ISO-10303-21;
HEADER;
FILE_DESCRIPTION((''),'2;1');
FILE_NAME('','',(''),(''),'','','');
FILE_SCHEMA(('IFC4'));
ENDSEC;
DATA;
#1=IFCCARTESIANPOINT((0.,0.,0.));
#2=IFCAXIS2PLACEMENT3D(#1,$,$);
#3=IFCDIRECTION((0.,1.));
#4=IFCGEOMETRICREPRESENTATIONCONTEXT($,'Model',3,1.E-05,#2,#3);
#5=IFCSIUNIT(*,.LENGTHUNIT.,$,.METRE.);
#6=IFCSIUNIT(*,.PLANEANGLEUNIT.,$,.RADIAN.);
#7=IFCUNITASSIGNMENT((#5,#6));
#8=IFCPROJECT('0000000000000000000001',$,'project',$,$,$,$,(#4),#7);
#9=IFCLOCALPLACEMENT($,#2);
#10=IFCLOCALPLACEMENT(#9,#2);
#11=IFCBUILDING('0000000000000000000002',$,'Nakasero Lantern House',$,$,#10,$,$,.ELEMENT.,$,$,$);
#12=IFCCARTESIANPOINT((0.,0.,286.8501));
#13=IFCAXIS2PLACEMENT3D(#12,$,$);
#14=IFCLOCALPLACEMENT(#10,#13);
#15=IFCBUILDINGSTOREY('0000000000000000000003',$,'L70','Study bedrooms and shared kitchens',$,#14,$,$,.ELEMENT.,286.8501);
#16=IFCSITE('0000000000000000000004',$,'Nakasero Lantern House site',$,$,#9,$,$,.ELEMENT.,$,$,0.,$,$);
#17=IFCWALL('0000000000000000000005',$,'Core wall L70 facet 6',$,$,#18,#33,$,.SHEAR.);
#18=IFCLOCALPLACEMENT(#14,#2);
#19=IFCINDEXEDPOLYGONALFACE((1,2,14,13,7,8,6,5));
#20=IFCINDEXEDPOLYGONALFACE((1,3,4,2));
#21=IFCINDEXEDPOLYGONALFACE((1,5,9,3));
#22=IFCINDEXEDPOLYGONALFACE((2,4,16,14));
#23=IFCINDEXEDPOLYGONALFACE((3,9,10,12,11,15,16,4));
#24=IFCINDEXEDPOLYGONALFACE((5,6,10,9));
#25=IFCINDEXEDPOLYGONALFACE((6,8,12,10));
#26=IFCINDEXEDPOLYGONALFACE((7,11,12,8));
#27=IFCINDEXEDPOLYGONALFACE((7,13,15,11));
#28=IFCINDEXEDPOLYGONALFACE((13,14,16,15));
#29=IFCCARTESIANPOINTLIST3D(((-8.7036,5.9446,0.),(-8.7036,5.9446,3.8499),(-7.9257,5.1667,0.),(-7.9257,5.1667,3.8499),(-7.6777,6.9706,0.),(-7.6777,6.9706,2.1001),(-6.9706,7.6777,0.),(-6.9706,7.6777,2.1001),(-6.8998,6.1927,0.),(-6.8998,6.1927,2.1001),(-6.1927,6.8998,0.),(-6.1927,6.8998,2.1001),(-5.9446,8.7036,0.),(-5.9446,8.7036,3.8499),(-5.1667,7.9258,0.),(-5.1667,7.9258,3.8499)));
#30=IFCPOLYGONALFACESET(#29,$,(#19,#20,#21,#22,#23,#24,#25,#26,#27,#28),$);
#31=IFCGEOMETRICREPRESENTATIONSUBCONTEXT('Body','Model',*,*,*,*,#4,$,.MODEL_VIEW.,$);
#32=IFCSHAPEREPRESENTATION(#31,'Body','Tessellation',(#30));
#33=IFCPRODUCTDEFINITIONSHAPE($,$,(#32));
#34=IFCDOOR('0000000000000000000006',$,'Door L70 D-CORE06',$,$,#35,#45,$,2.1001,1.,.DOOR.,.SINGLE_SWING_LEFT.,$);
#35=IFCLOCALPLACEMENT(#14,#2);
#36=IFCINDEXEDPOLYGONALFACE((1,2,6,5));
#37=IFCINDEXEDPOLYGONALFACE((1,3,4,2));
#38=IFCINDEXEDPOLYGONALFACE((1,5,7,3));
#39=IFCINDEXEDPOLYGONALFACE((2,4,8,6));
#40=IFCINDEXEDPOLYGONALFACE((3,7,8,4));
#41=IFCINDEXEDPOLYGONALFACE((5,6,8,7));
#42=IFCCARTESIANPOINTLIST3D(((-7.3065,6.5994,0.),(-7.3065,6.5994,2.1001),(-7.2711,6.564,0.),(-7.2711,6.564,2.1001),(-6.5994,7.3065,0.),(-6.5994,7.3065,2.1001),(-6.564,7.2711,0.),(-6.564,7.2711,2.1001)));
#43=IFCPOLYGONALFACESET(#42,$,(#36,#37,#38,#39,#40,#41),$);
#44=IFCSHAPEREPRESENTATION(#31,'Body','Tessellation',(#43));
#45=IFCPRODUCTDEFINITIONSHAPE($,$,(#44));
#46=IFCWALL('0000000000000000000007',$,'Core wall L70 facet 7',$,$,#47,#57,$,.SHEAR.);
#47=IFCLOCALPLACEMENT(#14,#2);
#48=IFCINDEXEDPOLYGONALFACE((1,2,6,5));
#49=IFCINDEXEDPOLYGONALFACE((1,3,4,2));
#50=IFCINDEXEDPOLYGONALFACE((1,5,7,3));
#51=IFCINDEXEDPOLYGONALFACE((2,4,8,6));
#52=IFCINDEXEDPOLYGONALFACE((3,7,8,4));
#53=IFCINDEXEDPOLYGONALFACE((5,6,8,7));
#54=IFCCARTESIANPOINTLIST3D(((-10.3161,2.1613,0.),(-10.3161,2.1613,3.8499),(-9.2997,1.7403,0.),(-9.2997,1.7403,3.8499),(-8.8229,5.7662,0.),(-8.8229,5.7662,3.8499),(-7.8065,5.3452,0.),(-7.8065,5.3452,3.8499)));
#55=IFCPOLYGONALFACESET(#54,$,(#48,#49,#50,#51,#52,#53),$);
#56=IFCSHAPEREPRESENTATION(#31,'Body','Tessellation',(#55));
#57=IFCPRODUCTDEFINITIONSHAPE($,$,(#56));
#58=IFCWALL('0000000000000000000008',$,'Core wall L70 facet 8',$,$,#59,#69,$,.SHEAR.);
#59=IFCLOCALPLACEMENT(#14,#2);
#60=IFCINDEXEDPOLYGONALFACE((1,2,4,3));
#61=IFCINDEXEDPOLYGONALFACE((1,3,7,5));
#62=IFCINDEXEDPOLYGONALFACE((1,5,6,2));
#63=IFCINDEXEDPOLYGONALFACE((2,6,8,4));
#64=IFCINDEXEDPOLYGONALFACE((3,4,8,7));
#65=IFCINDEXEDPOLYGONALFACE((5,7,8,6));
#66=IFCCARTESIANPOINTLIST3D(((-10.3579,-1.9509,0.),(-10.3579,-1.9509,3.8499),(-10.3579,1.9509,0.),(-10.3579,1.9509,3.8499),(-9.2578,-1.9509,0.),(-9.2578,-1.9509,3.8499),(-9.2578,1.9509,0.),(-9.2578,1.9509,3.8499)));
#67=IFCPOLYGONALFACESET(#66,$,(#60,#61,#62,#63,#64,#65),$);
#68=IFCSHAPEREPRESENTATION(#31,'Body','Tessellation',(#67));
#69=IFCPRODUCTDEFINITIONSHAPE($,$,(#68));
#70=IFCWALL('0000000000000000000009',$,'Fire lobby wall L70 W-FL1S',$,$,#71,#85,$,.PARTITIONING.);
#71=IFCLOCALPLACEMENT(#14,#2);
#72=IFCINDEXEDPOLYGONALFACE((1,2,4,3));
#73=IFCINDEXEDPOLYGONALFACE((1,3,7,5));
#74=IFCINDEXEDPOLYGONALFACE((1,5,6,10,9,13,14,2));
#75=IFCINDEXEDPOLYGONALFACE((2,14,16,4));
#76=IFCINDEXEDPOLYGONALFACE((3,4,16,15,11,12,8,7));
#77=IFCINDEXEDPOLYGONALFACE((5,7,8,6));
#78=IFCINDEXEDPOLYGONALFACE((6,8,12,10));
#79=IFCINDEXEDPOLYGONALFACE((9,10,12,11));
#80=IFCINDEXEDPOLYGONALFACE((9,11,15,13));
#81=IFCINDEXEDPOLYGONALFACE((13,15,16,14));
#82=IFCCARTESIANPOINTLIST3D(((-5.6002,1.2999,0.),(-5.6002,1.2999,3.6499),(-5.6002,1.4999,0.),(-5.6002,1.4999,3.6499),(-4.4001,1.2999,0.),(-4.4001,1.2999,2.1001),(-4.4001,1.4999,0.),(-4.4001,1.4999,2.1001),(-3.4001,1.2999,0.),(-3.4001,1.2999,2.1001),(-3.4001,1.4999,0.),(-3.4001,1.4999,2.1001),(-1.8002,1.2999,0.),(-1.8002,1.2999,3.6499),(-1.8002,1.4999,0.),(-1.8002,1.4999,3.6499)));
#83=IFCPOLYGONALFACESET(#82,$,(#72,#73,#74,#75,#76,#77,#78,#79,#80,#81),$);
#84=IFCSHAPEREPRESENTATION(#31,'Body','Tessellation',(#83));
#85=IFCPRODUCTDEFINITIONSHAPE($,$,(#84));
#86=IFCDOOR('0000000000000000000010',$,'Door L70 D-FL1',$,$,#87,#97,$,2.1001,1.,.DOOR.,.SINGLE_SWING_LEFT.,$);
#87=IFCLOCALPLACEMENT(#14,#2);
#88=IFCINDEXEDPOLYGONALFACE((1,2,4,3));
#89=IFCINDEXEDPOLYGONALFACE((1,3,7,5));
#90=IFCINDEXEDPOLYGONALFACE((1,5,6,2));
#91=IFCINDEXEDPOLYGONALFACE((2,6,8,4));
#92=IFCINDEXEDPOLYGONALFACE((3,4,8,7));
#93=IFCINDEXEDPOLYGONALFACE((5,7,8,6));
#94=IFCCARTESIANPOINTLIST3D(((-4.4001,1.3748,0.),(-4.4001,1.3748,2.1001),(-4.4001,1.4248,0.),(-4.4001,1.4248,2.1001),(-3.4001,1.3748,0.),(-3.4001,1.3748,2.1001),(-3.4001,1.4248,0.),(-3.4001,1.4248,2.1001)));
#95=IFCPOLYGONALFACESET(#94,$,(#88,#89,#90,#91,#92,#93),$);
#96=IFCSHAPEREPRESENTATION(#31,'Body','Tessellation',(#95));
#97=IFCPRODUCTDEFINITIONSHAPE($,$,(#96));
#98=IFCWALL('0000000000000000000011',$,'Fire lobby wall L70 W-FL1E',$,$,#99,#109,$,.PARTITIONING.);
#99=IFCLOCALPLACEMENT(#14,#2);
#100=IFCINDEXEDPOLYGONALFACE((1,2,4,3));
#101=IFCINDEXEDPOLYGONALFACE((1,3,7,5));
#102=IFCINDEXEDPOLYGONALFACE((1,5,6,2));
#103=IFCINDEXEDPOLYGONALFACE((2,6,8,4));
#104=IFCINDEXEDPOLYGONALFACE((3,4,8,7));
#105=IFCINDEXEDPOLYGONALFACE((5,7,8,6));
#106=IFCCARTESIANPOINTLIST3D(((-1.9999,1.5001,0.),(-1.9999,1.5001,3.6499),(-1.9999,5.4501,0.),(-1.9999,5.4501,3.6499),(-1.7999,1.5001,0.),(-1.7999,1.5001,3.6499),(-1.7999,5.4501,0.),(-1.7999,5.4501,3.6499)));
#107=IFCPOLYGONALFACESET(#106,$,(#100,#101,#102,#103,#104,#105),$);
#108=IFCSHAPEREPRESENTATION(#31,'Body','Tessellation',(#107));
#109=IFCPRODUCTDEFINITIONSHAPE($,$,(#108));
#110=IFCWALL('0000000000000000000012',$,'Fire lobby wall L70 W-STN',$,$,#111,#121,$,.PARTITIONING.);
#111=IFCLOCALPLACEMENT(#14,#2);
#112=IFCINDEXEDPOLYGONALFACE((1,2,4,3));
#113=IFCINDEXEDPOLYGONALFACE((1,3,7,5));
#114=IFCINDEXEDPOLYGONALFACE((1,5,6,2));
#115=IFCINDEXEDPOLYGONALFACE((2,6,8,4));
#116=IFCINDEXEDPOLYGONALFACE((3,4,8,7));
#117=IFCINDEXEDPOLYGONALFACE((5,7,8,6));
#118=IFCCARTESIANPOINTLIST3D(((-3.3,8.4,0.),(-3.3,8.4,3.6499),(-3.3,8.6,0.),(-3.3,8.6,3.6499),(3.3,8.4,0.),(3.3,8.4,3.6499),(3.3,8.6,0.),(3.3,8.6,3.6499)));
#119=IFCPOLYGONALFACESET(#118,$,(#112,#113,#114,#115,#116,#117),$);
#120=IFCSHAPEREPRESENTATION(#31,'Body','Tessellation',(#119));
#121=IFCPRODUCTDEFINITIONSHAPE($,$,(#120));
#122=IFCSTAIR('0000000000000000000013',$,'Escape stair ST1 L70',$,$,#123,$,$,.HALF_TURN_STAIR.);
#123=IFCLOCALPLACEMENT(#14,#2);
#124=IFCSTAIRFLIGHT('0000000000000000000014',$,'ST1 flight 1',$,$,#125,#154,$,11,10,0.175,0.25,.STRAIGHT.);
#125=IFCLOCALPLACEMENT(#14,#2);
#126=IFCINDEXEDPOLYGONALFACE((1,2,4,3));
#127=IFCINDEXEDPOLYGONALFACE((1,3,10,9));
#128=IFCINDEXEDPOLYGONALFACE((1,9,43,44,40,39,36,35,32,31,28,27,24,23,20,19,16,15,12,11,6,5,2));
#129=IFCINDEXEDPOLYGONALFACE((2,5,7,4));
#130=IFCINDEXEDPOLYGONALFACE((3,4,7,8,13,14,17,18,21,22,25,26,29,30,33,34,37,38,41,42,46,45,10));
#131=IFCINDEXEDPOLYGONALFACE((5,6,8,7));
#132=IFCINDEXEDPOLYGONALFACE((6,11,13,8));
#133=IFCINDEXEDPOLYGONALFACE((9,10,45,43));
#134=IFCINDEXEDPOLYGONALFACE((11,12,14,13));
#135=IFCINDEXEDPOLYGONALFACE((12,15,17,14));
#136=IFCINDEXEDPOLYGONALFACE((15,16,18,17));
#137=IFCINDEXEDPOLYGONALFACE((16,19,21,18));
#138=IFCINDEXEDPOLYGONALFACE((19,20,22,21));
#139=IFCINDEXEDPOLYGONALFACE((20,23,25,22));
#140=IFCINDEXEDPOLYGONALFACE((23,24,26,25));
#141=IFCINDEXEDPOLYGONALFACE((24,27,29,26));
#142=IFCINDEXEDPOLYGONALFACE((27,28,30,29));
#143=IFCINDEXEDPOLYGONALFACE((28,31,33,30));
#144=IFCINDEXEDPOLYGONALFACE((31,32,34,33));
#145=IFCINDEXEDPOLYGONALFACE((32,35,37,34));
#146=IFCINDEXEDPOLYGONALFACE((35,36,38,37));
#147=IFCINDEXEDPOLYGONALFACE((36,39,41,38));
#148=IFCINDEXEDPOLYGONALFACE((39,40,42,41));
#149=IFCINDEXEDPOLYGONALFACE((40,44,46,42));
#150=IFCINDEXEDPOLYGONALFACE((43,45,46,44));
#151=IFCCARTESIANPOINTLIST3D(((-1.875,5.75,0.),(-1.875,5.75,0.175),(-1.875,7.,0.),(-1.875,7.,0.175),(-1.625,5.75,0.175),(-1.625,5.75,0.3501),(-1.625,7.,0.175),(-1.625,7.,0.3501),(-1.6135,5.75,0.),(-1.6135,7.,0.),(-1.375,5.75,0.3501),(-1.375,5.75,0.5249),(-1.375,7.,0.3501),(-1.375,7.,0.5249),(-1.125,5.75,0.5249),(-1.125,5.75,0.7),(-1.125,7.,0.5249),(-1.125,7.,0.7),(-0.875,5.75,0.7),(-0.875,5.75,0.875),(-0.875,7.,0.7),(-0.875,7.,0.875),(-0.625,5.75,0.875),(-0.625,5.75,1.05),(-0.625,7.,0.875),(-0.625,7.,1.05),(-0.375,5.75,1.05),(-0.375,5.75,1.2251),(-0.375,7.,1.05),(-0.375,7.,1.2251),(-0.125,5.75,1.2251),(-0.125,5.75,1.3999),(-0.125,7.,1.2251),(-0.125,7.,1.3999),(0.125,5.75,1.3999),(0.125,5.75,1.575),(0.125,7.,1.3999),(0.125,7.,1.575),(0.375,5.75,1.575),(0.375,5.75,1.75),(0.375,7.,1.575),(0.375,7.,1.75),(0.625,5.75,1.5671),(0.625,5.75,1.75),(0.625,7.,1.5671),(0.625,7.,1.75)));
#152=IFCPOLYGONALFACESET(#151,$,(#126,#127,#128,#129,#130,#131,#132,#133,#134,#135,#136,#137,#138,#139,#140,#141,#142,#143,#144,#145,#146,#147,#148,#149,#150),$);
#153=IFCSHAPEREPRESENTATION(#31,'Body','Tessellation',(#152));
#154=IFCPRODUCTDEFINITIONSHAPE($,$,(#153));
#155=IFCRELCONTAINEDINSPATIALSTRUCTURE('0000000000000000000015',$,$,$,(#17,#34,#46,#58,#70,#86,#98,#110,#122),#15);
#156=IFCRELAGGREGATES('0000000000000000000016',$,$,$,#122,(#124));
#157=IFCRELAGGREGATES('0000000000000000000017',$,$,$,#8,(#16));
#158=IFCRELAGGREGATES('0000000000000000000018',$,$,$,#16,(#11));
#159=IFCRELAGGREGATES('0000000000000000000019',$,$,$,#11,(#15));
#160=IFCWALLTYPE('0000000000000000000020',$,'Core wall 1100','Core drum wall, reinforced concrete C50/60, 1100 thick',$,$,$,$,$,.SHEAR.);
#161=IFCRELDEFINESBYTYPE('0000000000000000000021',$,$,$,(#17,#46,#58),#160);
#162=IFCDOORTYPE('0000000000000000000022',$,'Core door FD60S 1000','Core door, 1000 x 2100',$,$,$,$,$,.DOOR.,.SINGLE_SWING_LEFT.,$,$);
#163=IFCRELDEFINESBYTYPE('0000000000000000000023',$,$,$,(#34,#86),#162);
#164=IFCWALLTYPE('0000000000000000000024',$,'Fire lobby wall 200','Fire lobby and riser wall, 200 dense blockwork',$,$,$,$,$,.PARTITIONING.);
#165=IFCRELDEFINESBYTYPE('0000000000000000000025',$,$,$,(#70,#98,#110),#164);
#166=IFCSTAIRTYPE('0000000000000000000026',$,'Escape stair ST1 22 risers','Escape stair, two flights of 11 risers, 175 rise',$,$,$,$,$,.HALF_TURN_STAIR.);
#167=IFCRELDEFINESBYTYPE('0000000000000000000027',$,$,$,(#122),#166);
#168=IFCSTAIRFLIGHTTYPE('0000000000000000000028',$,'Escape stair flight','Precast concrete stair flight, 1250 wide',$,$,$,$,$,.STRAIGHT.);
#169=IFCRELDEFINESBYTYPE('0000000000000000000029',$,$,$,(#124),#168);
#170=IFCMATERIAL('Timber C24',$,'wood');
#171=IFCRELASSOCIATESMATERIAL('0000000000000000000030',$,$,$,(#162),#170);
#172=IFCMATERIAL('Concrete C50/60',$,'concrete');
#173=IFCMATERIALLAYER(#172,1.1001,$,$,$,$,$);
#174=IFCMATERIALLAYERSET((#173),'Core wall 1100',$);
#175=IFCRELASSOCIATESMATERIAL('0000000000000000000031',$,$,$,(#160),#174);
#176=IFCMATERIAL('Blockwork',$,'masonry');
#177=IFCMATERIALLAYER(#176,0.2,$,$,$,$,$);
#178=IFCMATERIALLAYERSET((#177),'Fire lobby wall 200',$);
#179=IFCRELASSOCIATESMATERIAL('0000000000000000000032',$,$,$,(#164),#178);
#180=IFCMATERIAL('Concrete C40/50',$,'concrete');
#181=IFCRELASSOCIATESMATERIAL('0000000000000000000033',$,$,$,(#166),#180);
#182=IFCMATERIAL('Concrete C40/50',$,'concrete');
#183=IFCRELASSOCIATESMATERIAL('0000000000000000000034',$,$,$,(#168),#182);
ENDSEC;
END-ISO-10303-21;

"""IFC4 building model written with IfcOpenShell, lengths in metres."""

from ifc_helpers import new_model, si_unit, direction, frame, frame_2d, origin, place, context, subcontext, project, spatial, polyline, rectangle, outline, extrude, material, layer, layer_set, type_object, element, fill, aggregate, save


model = new_model("IFC4")

# Units and contexts
model_context = context("Model", 3, precision=1e-05, world=origin(), true_north=direction((0.0, 1.0)))
body_context = subcontext(model_context, "Body", "Model", "MODEL_VIEW")
ifc_project = project(units=[si_unit("LENGTHUNIT", "METRE"), si_unit("PLANEANGLEUNIT", "RADIAN")], contexts=[model_context])

# Site, building, storey
site_placement = place(None, origin())
site = spatial("IfcSite", under=ifc_project, at=site_placement, Name="Nakasero Lantern House site", CompositionType="ELEMENT", RefElevation=0.0)
building_placement = place(site_placement, origin())
building = spatial("IfcBuilding", under=site, at=building_placement, Name="Nakasero Lantern House", CompositionType="ELEMENT")
storey_placement = place(building_placement, frame((0.0, 0.0, 286.8501)))
storey = spatial("IfcBuildingStorey", under=building, at=storey_placement, Name="L70", Description="Study bedrooms and shared kitchens", CompositionType="ELEMENT", Elevation=286.8501)

# Shared definitions
ifc_material_1 = material(Name="Timber C24", Category="wood")
door_type = type_object("IfcDoorType", Name="Core door FD60S 1000", Description="Core door, 1000 x 2100", OperationType="SINGLE_SWING_LEFT", PredefinedType="DOOR", material=ifc_material_1)

# Shared definitions
ifc_material_2 = material(Name="Concrete C50/60", Category="concrete")
ifc_layer_1 = layer(ifc_material_2, 1.1001)
ifc_layer_set_1 = layer_set([ifc_layer_1], Name="Core wall 1100")
wall_type_1 = type_object("IfcWallType", Name="Core wall 1100", Description="Core drum wall, reinforced concrete C50/60, 1100 thick", PredefinedType="SHEAR", material=ifc_layer_set_1)

# Wall, opening, door
wall_1_placement = place(storey_placement, frame((-5.5557, 8.3147, 0.0), z_axis=(0.0, 0.0, 1.0), x_axis=(-0.707107, -0.707107, 0.0)))
wall_1 = element("IfcWall", 1, at=wall_1_placement, inside=storey, type_object=wall_type_1, Name="Core wall L70 facet 6", PredefinedType="SHEAR", context=body_context, shape_type="SweptSolid", body=[
    extrude(rectangle(XDim=3.9019, YDim=1.1001, at=frame_2d((1.9509, 0.0))), origin(), (0.0, 0.0, 1.0), 3.8499),
])
opening_1_placement = place(wall_1_placement, frame((1.4509, 0.0, 0.0)))
opening_1 = element("IfcOpeningElement", 2, at=opening_1_placement, cuts=wall_1, PredefinedType="OPENING", context=body_context, shape_type="SweptSolid", body=[
    extrude(rectangle(XDim=1.0, YDim=2.1001, at=frame_2d((0.5, 1.05))), frame((0.0, 0.5701, 0.0), z_axis=(0.0, -1.0, 0.0), x_axis=(1.0, 0.0, 0.0)), (0.0, 0.0, 1.0), 1.1401),
])
door_1_placement = place(opening_1_placement, origin())
door_1 = element("IfcDoor", 3, at=door_1_placement, inside=storey, type_object=door_type, Name="Door L70 D-CORE06", OperationType="SINGLE_SWING_LEFT", OverallHeight=2.1001, OverallWidth=1.0, PredefinedType="DOOR", context=body_context, shape_type="SweptSolid", body=[
    extrude(rectangle(XDim=1.0, YDim=2.1001, at=frame_2d((0.5, 1.05))), frame((0.0, 0.0249, 0.0), z_axis=(0.0, -1.0, 0.0), x_axis=(1.0, 0.0, 0.0)), (0.0, 0.0, 1.0), 0.05),
])
fill(opening_1, door_1)

# Walls
for number, where, z_axis, x_axis, name in (
    (4, (-8.3147, 5.5557, 0.0), (0.0, 0.0, 1.0), (-0.382691, -0.923877, 0.0), "Core wall L70 facet 7"),
    (5, (-9.8079, 1.9509, 0.0), (0.0, 0.0, 1.0), (0.0, -1.0, 0.0), "Core wall L70 facet 8"),
):
    element("IfcWall", number, at=place(storey_placement, frame(where, z_axis=z_axis, x_axis=x_axis)), inside=storey, type_object=wall_type_1, Name=name, PredefinedType="SHEAR", context=body_context, shape_type="SweptSolid", body=[
        extrude(rectangle(XDim=3.9019, YDim=1.1001, at=frame_2d((1.9509, 0.0))), origin(), (0.0, 0.0, 1.0), 3.8499),
    ])

# Wall, opening, door
ifc_material_3 = material(Name="Blockwork", Category="masonry")
ifc_layer_2 = layer(ifc_material_3, 0.2)
ifc_layer_set_2 = layer_set([ifc_layer_2], Name="Fire lobby wall 200")
wall_type_2 = type_object("IfcWallType", Name="Fire lobby wall 200", Description="Fire lobby and riser wall, 200 dense blockwork", PredefinedType="PARTITIONING", material=ifc_layer_set_2)
wall_2_placement = place(storey_placement, frame((-5.6001, 1.3999, 0.0), z_axis=(0.0, 0.0, 1.0), x_axis=(1.0, 0.0, 0.0)))
wall_2 = element("IfcWall", 6, at=wall_2_placement, inside=storey, type_object=wall_type_2, Name="Fire lobby wall L70 W-FL1S", PredefinedType="PARTITIONING", context=body_context, shape_type="SweptSolid", body=[
    extrude(rectangle(XDim=3.8, YDim=0.2, at=frame_2d((1.8999, 0.0))), origin(), (0.0, 0.0, 1.0), 3.6499),
])
opening_2_placement = place(wall_2_placement, frame((1.2, 0.0, 0.0)))
opening_2 = element("IfcOpeningElement", 7, at=opening_2_placement, cuts=wall_2, PredefinedType="OPENING", context=body_context, shape_type="SweptSolid", body=[
    extrude(rectangle(XDim=1.0, YDim=2.1001, at=frame_2d((0.5, 1.05))), frame((0.0, 0.1199, 0.0), z_axis=(0.0, -1.0, 0.0), x_axis=(1.0, 0.0, 0.0)), (0.0, 0.0, 1.0), 0.24),
])
door_2_placement = place(opening_2_placement, origin())
door_2 = element("IfcDoor", 8, at=door_2_placement, inside=storey, type_object=door_type, Name="Door L70 D-FL1", OperationType="SINGLE_SWING_LEFT", OverallHeight=2.1001, OverallWidth=1.0, PredefinedType="DOOR", context=body_context, shape_type="SweptSolid", body=[
    extrude(rectangle(XDim=1.0, YDim=2.1001, at=frame_2d((0.5, 1.05))), frame((0.0, 0.0249, 0.0), z_axis=(0.0, -1.0, 0.0), x_axis=(1.0, 0.0, 0.0)), (0.0, 0.0, 1.0), 0.05),
])
fill(opening_2, door_2)

# Walls
wall_3_placement = place(storey_placement, frame((-1.8999, 1.5, 0.0), z_axis=(0.0, 0.0, 1.0), x_axis=(0.0, 1.0, 0.0)))
element("IfcWall", 9, at=wall_3_placement, inside=storey, type_object=wall_type_2, Name="Fire lobby wall L70 W-FL1E", PredefinedType="PARTITIONING", context=body_context, shape_type="SweptSolid", body=[
    extrude(rectangle(XDim=3.95, YDim=0.2, at=frame_2d((1.9751, 0.0))), origin(), (0.0, 0.0, 1.0), 3.6499),
])
wall_4_placement = place(storey_placement, frame((-3.3, 8.5, 0.0), z_axis=(0.0, 0.0, 1.0), x_axis=(1.0, 0.0, 0.0)))
element("IfcWall", 10, at=wall_4_placement, inside=storey, type_object=wall_type_2, Name="Fire lobby wall L70 W-STN", PredefinedType="PARTITIONING", context=body_context, shape_type="SweptSolid", body=[
    extrude(rectangle(XDim=6.6001, YDim=0.2, at=frame_2d((3.3, 0.0))), origin(), (0.0, 0.0, 1.0), 3.6499),
])

# Stair, stair flight
ifc_material_4 = material(Name="Concrete C40/50", Category="concrete")
stair_type = type_object("IfcStairType", Name="Escape stair ST1 22 risers", Description="Escape stair, two flights of 11 risers, 175 rise", PredefinedType="HALF_TURN_STAIR", material=ifc_material_4)
stair_placement = place(storey_placement, origin())
stair = element("IfcStair", 11, at=stair_placement, inside=storey, type_object=stair_type, Name="Escape stair ST1 L70", PredefinedType="HALF_TURN_STAIR")
ifc_material_5 = material(Name="Concrete C40/50", Category="concrete")
stair_flight_type = type_object("IfcStairFlightType", Name="Escape stair flight", Description="Precast concrete stair flight, 1250 wide", PredefinedType="STRAIGHT", material=ifc_material_5)
stair_flight_placement = place(storey_placement, frame((-1.875, 6.375, 0.0), z_axis=(0.0, 0.0, 1.0), x_axis=(1.0, 0.0, 0.0)))
stair_flight = element("IfcStairFlight", 12, at=stair_flight_placement, type_object=stair_flight_type, Name="ST1 flight 1", NumberOfRisers=11, NumberOfTreads=10, PredefinedType="STRAIGHT", RiserHeight=0.175, TreadLength=0.25, context=body_context, shape_type="SweptSolid", body=[
    extrude(outline(polyline([(0.0, 0.0), (0.0, 0.175), (0.25, 0.175), (0.25, 0.3501), (0.5, 0.3501), (0.5, 0.5249), (0.75, 0.5249), (0.75, 0.7), (1.0, 0.7), (1.0, 0.875), (1.25, 0.875), (1.25, 1.05), (1.5, 1.05), (1.5, 1.2251), (1.75, 1.2251), (1.75, 1.3999), (2.0, 1.3999), (2.0, 1.575), (2.25, 1.575), (2.25, 1.75), (2.5, 1.75), (2.5, 1.925), (2.5, 1.5671), (0.2615, 0.0), (0.0, 0.0)])), frame((0.0, 0.625, 0.0), z_axis=(0.0, -1.0, 0.0), x_axis=(1.0, 0.0, 0.0)), (0.0, 0.0, 1.0), 1.25),
])
aggregate(stair, [stair_flight])

save(model, "model.ifc")
